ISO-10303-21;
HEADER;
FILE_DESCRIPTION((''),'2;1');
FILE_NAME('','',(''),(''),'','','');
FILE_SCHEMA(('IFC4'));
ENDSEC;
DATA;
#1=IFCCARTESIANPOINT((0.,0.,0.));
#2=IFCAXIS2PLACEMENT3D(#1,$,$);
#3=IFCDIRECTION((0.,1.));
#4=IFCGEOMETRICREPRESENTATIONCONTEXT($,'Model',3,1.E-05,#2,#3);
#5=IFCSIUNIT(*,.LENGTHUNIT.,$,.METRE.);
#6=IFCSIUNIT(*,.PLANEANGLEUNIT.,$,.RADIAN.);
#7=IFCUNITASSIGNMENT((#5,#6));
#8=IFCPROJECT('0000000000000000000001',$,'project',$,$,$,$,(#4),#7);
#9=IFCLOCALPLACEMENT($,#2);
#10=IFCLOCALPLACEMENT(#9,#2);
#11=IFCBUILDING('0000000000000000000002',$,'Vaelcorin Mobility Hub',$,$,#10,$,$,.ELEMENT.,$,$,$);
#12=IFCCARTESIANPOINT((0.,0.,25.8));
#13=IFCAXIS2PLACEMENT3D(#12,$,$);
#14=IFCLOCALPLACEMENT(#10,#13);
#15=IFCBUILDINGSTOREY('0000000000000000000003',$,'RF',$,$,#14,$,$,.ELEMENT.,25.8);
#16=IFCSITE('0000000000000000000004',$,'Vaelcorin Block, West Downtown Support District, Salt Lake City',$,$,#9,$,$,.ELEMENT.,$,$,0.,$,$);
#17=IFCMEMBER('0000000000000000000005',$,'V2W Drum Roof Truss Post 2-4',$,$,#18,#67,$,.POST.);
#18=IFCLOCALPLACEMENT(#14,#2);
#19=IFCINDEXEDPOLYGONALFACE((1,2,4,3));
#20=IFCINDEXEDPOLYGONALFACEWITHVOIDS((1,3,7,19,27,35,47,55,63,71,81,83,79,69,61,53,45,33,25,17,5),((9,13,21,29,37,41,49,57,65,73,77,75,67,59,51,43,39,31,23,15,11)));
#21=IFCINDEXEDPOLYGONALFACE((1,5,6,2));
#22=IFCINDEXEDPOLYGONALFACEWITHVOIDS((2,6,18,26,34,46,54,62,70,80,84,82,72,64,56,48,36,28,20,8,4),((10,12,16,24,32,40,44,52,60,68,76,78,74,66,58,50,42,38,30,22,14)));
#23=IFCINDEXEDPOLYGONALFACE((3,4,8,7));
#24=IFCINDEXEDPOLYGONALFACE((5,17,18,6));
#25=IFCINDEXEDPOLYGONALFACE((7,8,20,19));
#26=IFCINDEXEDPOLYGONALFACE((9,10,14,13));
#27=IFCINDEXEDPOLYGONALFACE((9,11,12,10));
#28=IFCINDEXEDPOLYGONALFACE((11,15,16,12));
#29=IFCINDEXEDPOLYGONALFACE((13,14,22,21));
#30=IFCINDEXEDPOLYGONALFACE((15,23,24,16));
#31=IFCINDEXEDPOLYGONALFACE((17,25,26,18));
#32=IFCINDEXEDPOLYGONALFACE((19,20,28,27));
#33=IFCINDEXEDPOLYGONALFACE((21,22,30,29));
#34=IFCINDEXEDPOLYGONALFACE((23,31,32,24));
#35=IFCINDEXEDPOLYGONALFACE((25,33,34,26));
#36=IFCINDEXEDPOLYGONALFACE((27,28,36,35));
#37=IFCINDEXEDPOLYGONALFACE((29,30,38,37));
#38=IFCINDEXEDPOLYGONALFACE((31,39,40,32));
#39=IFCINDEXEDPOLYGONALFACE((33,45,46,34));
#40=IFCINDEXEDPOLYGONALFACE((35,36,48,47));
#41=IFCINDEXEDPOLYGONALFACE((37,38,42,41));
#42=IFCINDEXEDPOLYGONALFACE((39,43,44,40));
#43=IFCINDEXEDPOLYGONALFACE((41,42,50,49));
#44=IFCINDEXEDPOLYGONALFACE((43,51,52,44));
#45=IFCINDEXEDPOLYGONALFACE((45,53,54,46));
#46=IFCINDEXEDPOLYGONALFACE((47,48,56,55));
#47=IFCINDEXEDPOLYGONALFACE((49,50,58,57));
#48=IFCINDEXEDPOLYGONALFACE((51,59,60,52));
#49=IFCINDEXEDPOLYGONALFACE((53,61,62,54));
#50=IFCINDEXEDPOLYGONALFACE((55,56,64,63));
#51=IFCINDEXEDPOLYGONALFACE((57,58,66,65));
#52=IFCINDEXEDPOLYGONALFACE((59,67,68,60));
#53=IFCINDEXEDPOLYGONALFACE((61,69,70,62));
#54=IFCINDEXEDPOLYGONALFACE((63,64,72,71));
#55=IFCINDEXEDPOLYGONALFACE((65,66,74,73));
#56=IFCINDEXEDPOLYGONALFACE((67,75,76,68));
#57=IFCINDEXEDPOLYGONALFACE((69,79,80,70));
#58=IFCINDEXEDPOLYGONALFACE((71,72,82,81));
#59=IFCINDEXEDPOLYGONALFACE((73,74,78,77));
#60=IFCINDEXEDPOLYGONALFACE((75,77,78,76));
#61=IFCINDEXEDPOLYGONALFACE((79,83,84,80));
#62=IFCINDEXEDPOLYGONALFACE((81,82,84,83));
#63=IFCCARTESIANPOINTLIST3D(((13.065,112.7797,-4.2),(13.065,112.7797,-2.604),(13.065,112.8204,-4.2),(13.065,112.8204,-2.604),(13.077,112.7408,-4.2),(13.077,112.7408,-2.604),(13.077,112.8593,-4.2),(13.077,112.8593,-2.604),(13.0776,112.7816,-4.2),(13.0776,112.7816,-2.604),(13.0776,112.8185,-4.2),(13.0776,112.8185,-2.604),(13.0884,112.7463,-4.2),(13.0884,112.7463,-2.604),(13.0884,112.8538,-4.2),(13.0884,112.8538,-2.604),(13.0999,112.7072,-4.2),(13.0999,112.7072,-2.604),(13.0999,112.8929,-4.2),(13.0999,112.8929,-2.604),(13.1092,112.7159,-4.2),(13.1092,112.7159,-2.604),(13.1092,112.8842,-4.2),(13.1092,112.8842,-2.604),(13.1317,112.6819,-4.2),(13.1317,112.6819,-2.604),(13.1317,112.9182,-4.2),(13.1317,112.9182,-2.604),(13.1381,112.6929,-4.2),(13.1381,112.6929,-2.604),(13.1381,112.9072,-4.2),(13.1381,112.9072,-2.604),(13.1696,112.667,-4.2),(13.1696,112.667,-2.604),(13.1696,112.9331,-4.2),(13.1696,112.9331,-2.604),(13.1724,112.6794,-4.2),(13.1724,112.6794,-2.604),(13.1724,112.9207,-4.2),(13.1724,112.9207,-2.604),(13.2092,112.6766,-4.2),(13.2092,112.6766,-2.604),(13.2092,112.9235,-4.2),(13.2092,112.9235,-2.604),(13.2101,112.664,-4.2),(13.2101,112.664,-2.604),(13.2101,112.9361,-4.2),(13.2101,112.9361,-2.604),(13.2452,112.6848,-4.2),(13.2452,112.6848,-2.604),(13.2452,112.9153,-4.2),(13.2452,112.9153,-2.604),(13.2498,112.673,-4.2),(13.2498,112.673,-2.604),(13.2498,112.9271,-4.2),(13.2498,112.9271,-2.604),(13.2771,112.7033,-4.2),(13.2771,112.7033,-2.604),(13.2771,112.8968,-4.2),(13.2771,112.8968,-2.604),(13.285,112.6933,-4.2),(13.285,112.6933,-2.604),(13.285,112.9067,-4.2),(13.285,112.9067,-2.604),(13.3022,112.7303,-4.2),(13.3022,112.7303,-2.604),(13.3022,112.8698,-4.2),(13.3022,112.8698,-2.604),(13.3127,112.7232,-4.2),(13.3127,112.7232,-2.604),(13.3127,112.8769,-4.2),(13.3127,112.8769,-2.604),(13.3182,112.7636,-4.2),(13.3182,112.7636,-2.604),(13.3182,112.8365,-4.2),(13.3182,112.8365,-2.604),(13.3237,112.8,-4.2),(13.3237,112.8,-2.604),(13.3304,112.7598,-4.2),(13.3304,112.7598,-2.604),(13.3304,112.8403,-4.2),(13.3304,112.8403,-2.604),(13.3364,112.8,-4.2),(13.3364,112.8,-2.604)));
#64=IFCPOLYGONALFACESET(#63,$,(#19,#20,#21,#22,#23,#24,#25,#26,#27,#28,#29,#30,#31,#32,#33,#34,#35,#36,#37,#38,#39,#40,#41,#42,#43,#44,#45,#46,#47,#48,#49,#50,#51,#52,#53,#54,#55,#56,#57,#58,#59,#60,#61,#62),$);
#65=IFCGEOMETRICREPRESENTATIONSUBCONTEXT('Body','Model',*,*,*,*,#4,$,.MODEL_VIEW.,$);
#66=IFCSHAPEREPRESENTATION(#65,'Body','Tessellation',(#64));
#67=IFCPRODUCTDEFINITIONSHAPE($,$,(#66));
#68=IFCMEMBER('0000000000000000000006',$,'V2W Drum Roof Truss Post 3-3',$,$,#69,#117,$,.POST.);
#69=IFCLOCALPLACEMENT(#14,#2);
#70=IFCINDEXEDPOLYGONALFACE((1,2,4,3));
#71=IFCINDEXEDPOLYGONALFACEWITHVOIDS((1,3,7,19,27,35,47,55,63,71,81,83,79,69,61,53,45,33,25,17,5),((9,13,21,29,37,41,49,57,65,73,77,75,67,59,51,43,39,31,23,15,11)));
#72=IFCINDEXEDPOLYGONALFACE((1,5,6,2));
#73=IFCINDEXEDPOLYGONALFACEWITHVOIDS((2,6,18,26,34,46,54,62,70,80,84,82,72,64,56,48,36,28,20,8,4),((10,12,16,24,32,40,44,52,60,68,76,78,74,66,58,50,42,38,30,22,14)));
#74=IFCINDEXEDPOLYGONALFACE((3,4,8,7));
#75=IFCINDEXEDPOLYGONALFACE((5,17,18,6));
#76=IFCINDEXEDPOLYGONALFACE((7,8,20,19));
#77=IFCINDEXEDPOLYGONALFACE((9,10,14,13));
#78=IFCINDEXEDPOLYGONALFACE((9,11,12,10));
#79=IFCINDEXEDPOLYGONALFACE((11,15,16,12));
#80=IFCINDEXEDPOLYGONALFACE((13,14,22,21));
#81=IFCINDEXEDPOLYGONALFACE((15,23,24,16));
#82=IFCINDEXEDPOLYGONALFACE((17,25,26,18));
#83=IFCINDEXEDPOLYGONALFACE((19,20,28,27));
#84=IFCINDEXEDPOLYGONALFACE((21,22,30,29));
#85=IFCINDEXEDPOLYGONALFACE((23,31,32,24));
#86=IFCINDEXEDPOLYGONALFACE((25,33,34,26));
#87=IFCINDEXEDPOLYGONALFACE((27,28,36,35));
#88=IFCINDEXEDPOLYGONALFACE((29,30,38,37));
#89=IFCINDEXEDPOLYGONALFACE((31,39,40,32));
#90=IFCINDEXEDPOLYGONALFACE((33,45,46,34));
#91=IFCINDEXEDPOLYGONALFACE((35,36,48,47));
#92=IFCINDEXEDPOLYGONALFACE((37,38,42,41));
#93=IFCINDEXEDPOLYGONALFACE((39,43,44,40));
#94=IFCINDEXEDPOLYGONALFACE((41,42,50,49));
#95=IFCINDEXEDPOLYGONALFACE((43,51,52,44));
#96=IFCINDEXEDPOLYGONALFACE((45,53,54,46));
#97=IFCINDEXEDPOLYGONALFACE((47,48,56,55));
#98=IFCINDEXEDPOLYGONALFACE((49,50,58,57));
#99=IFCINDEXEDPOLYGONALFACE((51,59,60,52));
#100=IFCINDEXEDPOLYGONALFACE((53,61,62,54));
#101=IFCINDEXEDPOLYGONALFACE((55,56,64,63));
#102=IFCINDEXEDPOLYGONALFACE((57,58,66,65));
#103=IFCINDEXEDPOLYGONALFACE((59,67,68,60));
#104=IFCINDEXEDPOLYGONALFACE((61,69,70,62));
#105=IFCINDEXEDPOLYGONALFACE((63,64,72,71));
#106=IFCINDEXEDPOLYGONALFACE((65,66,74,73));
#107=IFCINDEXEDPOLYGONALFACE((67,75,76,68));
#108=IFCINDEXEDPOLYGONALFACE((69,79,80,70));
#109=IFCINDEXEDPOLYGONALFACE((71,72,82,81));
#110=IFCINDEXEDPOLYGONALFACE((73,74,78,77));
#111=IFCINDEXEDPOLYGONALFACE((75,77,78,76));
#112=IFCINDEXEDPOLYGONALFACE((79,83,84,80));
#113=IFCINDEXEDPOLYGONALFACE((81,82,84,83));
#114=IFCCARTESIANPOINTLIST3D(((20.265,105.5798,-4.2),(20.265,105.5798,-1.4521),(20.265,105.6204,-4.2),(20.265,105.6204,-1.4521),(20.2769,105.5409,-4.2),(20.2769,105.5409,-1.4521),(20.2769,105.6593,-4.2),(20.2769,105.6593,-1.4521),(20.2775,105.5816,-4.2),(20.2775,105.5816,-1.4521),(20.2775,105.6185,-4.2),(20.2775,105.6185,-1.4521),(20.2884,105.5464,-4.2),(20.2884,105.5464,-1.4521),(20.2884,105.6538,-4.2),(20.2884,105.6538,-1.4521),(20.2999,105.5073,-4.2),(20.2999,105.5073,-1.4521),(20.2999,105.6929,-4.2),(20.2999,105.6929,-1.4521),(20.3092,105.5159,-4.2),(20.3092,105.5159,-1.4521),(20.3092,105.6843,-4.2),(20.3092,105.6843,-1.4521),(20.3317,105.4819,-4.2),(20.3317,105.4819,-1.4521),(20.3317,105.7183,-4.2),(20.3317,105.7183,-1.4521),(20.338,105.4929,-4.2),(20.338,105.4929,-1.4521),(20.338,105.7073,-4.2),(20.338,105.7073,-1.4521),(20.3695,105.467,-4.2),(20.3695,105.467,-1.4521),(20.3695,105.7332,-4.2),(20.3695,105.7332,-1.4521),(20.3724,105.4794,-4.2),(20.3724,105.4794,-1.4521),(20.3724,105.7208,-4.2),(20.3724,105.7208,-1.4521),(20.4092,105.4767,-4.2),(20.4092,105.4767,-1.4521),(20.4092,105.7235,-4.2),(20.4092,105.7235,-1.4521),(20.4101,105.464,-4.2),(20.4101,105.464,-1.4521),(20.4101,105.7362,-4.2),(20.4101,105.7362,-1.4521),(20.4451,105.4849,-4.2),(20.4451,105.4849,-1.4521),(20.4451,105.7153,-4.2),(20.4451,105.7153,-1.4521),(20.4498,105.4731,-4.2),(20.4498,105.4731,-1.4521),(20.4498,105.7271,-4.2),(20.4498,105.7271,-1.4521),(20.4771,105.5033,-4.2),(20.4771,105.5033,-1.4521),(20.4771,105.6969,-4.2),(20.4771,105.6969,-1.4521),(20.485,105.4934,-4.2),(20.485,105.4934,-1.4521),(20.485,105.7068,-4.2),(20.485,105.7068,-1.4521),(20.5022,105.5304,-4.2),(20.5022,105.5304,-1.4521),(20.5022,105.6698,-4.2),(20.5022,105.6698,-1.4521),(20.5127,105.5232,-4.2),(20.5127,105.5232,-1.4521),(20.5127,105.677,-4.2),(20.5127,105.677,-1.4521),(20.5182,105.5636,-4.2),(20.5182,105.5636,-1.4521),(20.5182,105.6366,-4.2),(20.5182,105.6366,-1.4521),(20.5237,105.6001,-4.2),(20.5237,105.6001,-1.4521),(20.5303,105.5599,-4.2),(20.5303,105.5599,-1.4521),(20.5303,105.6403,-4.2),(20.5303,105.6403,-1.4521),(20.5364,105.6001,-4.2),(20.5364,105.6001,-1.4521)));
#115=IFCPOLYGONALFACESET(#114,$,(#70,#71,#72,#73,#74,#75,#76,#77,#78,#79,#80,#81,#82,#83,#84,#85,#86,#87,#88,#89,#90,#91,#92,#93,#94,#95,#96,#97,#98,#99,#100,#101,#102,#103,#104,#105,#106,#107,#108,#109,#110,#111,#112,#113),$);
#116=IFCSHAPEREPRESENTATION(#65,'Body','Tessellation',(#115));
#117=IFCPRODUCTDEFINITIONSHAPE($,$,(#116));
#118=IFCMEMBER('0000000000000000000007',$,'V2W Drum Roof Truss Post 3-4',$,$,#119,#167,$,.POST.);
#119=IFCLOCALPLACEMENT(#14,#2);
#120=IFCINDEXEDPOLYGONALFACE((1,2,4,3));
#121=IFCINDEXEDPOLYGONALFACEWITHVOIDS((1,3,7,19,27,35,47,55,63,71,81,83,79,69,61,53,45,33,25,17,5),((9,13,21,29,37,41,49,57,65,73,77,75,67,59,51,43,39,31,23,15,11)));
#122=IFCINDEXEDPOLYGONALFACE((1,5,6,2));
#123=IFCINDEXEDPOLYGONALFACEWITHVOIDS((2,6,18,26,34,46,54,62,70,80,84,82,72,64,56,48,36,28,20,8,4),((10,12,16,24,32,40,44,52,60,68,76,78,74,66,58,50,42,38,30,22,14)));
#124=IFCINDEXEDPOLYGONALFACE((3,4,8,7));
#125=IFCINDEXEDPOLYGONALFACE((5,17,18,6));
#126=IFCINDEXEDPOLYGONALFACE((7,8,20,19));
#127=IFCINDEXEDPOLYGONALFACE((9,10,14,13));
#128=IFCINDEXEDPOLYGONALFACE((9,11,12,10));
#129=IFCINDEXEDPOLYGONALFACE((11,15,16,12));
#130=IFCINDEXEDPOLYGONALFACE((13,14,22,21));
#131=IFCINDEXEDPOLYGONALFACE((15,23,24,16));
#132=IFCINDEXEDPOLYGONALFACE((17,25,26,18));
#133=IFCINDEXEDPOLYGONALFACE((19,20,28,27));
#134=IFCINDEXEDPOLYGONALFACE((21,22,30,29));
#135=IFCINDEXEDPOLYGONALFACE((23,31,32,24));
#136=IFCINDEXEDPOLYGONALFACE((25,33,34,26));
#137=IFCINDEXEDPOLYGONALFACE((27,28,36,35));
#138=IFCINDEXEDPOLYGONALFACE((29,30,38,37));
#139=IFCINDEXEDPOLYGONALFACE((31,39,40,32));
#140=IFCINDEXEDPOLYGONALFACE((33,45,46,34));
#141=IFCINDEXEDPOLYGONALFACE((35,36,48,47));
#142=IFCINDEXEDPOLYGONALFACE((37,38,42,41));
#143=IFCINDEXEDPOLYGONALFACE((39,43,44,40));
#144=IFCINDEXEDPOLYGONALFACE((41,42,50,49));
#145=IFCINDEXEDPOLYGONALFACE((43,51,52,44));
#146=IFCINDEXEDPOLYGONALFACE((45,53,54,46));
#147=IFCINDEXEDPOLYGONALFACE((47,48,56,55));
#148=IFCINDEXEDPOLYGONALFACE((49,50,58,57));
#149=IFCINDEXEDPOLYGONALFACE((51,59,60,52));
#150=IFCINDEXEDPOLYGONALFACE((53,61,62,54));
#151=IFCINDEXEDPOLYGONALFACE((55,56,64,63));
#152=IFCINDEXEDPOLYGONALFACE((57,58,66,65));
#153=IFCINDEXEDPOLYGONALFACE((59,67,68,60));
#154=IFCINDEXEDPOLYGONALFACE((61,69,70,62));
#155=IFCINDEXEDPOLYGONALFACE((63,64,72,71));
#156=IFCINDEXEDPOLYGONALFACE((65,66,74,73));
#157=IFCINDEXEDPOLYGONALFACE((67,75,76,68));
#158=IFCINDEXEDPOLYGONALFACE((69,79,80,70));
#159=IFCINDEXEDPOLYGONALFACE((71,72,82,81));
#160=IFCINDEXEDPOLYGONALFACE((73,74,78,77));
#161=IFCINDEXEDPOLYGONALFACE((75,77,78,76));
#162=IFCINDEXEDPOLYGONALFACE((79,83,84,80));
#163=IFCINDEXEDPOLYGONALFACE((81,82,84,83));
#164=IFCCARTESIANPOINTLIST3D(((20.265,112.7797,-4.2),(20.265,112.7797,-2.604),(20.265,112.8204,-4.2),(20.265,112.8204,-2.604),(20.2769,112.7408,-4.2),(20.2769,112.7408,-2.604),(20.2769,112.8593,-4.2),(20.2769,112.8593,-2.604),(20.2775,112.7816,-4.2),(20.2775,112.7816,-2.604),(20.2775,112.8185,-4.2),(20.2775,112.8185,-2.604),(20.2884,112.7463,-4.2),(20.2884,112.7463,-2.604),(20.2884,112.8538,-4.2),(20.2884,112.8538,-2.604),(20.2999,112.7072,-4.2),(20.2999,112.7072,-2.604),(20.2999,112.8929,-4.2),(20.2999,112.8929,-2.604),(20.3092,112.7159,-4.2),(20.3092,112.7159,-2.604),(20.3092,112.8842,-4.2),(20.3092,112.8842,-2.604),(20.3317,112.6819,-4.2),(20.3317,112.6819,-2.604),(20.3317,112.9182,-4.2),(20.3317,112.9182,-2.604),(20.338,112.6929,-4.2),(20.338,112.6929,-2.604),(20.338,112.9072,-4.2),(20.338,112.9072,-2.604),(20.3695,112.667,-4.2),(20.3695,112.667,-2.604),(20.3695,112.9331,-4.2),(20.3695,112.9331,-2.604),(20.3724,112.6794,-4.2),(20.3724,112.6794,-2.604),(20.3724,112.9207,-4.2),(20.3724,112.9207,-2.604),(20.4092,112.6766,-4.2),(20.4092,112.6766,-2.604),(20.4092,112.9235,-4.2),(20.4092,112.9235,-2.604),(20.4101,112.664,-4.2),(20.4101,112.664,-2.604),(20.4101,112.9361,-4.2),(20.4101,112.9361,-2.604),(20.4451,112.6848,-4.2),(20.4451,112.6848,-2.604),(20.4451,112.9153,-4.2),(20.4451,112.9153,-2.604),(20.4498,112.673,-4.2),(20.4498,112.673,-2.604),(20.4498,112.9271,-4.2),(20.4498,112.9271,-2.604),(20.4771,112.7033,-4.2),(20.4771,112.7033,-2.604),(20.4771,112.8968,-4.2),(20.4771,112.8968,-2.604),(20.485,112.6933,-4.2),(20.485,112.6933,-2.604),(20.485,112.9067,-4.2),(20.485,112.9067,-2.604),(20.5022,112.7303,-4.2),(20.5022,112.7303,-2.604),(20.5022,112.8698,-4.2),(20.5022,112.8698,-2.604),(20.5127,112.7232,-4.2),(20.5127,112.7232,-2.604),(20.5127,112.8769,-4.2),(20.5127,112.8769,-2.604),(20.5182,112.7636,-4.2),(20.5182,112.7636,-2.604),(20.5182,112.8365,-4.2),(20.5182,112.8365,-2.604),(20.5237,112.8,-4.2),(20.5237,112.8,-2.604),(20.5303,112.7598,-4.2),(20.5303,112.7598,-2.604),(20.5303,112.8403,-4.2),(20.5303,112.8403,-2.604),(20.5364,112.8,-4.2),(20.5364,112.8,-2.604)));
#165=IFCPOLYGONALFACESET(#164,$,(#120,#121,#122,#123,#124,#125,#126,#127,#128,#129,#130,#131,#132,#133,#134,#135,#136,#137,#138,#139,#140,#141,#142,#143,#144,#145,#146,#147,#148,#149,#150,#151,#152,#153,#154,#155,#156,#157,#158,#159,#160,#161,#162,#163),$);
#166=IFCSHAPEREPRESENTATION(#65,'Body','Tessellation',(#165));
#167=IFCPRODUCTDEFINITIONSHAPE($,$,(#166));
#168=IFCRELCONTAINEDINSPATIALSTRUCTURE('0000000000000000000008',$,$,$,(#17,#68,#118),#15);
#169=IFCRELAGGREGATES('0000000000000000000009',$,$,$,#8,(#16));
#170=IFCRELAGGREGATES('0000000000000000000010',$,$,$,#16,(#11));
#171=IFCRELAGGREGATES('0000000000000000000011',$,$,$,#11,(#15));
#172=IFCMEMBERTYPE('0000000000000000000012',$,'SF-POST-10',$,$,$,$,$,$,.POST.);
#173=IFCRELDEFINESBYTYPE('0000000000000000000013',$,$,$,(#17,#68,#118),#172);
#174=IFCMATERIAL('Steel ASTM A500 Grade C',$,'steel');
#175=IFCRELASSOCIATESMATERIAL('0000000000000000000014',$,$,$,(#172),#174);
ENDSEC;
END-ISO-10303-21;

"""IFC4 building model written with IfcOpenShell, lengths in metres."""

from ifc_helpers import new_model, si_unit, direction, frame, origin, origin_2d, place, context, subcontext, project, spatial, hollow_circle, extrude, material, material_profile, profile_set, type_object, element, save


model = new_model("IFC4")

# Units and contexts
model_context = context("Model", 3, precision=1e-05, world=origin(), true_north=direction((0.0, 1.0)))
body_context = subcontext(model_context, "Body", "Model", "MODEL_VIEW")
ifc_project = project(units=[si_unit("LENGTHUNIT", "METRE"), si_unit("PLANEANGLEUNIT", "RADIAN")], contexts=[model_context])

# Site, building, storey
site_placement = place(None, origin())
site = spatial("IfcSite", under=ifc_project, at=site_placement, Name="Vaelcorin Block, West Downtown Support District, Salt Lake City", CompositionType="ELEMENT", RefElevation=0.0)
building_placement = place(site_placement, origin())
building = spatial("IfcBuilding", under=site, at=building_placement, Name="Vaelcorin Mobility Hub", CompositionType="ELEMENT")
storey_placement = place(building_placement, frame((0.0, 0.0, 25.8)))
storey = spatial("IfcBuildingStorey", under=building, at=storey_placement, Name="RF", CompositionType="ELEMENT", Elevation=25.8)

# Members
ifc_material_1 = material(Name="Steel ASTM A500 Grade C", Category="steel")
ifc_material_profile_1 = material_profile(ifc_material_1, hollow_circle(Radius=0.1365, WallThickness=0.0127, at=origin_2d()), Name="HSS10.750X0.500")
ifc_profile_set_1 = profile_set([ifc_material_profile_1], Name="Steel ASTM A500 Grade C")
member_type_1 = type_object("IfcMemberType", Name="SF-POST-10", PredefinedType="POST", material=ifc_profile_set_1)
member_1_placement = place(storey_placement, frame((13.2, 112.8, -4.2), z_axis=(0.0, 0.0, 1.0), x_axis=(1.0, 0.0, 0.0)))
element("IfcMember", 1, at=member_1_placement, inside=storey, type_object=member_type_1, Name="V2W Drum Roof Truss Post 2-4", PredefinedType="POST", context=body_context, shape_type="SweptSolid", body=[
    extrude(hollow_circle(Radius=0.1365, WallThickness=0.0127, at=origin_2d()), origin(), (0.0, 0.0, 1.0), 1.5959),
])
member_2_placement = place(storey_placement, frame((20.3999, 105.6001, -4.2), z_axis=(0.0, 0.0, 1.0), x_axis=(1.0, 0.0, 0.0)))
element("IfcMember", 2, at=member_2_placement, inside=storey, type_object=member_type_1, Name="V2W Drum Roof Truss Post 3-3", PredefinedType="POST", context=body_context, shape_type="SweptSolid", body=[
    extrude(hollow_circle(Radius=0.1365, WallThickness=0.0127, at=origin_2d()), origin(), (0.0, 0.0, 1.0), 2.7478),
])
member_3_placement = place(storey_placement, frame((20.3999, 112.8, -4.2), z_axis=(0.0, 0.0, 1.0), x_axis=(1.0, 0.0, 0.0)))
element("IfcMember", 3, at=member_3_placement, inside=storey, type_object=member_type_1, Name="V2W Drum Roof Truss Post 3-4", PredefinedType="POST", context=body_context, shape_type="SweptSolid", body=[
    extrude(hollow_circle(Radius=0.1365, WallThickness=0.0127, at=origin_2d()), origin(), (0.0, 0.0, 1.0), 1.5959),
])

save(model, "model.ifc")
